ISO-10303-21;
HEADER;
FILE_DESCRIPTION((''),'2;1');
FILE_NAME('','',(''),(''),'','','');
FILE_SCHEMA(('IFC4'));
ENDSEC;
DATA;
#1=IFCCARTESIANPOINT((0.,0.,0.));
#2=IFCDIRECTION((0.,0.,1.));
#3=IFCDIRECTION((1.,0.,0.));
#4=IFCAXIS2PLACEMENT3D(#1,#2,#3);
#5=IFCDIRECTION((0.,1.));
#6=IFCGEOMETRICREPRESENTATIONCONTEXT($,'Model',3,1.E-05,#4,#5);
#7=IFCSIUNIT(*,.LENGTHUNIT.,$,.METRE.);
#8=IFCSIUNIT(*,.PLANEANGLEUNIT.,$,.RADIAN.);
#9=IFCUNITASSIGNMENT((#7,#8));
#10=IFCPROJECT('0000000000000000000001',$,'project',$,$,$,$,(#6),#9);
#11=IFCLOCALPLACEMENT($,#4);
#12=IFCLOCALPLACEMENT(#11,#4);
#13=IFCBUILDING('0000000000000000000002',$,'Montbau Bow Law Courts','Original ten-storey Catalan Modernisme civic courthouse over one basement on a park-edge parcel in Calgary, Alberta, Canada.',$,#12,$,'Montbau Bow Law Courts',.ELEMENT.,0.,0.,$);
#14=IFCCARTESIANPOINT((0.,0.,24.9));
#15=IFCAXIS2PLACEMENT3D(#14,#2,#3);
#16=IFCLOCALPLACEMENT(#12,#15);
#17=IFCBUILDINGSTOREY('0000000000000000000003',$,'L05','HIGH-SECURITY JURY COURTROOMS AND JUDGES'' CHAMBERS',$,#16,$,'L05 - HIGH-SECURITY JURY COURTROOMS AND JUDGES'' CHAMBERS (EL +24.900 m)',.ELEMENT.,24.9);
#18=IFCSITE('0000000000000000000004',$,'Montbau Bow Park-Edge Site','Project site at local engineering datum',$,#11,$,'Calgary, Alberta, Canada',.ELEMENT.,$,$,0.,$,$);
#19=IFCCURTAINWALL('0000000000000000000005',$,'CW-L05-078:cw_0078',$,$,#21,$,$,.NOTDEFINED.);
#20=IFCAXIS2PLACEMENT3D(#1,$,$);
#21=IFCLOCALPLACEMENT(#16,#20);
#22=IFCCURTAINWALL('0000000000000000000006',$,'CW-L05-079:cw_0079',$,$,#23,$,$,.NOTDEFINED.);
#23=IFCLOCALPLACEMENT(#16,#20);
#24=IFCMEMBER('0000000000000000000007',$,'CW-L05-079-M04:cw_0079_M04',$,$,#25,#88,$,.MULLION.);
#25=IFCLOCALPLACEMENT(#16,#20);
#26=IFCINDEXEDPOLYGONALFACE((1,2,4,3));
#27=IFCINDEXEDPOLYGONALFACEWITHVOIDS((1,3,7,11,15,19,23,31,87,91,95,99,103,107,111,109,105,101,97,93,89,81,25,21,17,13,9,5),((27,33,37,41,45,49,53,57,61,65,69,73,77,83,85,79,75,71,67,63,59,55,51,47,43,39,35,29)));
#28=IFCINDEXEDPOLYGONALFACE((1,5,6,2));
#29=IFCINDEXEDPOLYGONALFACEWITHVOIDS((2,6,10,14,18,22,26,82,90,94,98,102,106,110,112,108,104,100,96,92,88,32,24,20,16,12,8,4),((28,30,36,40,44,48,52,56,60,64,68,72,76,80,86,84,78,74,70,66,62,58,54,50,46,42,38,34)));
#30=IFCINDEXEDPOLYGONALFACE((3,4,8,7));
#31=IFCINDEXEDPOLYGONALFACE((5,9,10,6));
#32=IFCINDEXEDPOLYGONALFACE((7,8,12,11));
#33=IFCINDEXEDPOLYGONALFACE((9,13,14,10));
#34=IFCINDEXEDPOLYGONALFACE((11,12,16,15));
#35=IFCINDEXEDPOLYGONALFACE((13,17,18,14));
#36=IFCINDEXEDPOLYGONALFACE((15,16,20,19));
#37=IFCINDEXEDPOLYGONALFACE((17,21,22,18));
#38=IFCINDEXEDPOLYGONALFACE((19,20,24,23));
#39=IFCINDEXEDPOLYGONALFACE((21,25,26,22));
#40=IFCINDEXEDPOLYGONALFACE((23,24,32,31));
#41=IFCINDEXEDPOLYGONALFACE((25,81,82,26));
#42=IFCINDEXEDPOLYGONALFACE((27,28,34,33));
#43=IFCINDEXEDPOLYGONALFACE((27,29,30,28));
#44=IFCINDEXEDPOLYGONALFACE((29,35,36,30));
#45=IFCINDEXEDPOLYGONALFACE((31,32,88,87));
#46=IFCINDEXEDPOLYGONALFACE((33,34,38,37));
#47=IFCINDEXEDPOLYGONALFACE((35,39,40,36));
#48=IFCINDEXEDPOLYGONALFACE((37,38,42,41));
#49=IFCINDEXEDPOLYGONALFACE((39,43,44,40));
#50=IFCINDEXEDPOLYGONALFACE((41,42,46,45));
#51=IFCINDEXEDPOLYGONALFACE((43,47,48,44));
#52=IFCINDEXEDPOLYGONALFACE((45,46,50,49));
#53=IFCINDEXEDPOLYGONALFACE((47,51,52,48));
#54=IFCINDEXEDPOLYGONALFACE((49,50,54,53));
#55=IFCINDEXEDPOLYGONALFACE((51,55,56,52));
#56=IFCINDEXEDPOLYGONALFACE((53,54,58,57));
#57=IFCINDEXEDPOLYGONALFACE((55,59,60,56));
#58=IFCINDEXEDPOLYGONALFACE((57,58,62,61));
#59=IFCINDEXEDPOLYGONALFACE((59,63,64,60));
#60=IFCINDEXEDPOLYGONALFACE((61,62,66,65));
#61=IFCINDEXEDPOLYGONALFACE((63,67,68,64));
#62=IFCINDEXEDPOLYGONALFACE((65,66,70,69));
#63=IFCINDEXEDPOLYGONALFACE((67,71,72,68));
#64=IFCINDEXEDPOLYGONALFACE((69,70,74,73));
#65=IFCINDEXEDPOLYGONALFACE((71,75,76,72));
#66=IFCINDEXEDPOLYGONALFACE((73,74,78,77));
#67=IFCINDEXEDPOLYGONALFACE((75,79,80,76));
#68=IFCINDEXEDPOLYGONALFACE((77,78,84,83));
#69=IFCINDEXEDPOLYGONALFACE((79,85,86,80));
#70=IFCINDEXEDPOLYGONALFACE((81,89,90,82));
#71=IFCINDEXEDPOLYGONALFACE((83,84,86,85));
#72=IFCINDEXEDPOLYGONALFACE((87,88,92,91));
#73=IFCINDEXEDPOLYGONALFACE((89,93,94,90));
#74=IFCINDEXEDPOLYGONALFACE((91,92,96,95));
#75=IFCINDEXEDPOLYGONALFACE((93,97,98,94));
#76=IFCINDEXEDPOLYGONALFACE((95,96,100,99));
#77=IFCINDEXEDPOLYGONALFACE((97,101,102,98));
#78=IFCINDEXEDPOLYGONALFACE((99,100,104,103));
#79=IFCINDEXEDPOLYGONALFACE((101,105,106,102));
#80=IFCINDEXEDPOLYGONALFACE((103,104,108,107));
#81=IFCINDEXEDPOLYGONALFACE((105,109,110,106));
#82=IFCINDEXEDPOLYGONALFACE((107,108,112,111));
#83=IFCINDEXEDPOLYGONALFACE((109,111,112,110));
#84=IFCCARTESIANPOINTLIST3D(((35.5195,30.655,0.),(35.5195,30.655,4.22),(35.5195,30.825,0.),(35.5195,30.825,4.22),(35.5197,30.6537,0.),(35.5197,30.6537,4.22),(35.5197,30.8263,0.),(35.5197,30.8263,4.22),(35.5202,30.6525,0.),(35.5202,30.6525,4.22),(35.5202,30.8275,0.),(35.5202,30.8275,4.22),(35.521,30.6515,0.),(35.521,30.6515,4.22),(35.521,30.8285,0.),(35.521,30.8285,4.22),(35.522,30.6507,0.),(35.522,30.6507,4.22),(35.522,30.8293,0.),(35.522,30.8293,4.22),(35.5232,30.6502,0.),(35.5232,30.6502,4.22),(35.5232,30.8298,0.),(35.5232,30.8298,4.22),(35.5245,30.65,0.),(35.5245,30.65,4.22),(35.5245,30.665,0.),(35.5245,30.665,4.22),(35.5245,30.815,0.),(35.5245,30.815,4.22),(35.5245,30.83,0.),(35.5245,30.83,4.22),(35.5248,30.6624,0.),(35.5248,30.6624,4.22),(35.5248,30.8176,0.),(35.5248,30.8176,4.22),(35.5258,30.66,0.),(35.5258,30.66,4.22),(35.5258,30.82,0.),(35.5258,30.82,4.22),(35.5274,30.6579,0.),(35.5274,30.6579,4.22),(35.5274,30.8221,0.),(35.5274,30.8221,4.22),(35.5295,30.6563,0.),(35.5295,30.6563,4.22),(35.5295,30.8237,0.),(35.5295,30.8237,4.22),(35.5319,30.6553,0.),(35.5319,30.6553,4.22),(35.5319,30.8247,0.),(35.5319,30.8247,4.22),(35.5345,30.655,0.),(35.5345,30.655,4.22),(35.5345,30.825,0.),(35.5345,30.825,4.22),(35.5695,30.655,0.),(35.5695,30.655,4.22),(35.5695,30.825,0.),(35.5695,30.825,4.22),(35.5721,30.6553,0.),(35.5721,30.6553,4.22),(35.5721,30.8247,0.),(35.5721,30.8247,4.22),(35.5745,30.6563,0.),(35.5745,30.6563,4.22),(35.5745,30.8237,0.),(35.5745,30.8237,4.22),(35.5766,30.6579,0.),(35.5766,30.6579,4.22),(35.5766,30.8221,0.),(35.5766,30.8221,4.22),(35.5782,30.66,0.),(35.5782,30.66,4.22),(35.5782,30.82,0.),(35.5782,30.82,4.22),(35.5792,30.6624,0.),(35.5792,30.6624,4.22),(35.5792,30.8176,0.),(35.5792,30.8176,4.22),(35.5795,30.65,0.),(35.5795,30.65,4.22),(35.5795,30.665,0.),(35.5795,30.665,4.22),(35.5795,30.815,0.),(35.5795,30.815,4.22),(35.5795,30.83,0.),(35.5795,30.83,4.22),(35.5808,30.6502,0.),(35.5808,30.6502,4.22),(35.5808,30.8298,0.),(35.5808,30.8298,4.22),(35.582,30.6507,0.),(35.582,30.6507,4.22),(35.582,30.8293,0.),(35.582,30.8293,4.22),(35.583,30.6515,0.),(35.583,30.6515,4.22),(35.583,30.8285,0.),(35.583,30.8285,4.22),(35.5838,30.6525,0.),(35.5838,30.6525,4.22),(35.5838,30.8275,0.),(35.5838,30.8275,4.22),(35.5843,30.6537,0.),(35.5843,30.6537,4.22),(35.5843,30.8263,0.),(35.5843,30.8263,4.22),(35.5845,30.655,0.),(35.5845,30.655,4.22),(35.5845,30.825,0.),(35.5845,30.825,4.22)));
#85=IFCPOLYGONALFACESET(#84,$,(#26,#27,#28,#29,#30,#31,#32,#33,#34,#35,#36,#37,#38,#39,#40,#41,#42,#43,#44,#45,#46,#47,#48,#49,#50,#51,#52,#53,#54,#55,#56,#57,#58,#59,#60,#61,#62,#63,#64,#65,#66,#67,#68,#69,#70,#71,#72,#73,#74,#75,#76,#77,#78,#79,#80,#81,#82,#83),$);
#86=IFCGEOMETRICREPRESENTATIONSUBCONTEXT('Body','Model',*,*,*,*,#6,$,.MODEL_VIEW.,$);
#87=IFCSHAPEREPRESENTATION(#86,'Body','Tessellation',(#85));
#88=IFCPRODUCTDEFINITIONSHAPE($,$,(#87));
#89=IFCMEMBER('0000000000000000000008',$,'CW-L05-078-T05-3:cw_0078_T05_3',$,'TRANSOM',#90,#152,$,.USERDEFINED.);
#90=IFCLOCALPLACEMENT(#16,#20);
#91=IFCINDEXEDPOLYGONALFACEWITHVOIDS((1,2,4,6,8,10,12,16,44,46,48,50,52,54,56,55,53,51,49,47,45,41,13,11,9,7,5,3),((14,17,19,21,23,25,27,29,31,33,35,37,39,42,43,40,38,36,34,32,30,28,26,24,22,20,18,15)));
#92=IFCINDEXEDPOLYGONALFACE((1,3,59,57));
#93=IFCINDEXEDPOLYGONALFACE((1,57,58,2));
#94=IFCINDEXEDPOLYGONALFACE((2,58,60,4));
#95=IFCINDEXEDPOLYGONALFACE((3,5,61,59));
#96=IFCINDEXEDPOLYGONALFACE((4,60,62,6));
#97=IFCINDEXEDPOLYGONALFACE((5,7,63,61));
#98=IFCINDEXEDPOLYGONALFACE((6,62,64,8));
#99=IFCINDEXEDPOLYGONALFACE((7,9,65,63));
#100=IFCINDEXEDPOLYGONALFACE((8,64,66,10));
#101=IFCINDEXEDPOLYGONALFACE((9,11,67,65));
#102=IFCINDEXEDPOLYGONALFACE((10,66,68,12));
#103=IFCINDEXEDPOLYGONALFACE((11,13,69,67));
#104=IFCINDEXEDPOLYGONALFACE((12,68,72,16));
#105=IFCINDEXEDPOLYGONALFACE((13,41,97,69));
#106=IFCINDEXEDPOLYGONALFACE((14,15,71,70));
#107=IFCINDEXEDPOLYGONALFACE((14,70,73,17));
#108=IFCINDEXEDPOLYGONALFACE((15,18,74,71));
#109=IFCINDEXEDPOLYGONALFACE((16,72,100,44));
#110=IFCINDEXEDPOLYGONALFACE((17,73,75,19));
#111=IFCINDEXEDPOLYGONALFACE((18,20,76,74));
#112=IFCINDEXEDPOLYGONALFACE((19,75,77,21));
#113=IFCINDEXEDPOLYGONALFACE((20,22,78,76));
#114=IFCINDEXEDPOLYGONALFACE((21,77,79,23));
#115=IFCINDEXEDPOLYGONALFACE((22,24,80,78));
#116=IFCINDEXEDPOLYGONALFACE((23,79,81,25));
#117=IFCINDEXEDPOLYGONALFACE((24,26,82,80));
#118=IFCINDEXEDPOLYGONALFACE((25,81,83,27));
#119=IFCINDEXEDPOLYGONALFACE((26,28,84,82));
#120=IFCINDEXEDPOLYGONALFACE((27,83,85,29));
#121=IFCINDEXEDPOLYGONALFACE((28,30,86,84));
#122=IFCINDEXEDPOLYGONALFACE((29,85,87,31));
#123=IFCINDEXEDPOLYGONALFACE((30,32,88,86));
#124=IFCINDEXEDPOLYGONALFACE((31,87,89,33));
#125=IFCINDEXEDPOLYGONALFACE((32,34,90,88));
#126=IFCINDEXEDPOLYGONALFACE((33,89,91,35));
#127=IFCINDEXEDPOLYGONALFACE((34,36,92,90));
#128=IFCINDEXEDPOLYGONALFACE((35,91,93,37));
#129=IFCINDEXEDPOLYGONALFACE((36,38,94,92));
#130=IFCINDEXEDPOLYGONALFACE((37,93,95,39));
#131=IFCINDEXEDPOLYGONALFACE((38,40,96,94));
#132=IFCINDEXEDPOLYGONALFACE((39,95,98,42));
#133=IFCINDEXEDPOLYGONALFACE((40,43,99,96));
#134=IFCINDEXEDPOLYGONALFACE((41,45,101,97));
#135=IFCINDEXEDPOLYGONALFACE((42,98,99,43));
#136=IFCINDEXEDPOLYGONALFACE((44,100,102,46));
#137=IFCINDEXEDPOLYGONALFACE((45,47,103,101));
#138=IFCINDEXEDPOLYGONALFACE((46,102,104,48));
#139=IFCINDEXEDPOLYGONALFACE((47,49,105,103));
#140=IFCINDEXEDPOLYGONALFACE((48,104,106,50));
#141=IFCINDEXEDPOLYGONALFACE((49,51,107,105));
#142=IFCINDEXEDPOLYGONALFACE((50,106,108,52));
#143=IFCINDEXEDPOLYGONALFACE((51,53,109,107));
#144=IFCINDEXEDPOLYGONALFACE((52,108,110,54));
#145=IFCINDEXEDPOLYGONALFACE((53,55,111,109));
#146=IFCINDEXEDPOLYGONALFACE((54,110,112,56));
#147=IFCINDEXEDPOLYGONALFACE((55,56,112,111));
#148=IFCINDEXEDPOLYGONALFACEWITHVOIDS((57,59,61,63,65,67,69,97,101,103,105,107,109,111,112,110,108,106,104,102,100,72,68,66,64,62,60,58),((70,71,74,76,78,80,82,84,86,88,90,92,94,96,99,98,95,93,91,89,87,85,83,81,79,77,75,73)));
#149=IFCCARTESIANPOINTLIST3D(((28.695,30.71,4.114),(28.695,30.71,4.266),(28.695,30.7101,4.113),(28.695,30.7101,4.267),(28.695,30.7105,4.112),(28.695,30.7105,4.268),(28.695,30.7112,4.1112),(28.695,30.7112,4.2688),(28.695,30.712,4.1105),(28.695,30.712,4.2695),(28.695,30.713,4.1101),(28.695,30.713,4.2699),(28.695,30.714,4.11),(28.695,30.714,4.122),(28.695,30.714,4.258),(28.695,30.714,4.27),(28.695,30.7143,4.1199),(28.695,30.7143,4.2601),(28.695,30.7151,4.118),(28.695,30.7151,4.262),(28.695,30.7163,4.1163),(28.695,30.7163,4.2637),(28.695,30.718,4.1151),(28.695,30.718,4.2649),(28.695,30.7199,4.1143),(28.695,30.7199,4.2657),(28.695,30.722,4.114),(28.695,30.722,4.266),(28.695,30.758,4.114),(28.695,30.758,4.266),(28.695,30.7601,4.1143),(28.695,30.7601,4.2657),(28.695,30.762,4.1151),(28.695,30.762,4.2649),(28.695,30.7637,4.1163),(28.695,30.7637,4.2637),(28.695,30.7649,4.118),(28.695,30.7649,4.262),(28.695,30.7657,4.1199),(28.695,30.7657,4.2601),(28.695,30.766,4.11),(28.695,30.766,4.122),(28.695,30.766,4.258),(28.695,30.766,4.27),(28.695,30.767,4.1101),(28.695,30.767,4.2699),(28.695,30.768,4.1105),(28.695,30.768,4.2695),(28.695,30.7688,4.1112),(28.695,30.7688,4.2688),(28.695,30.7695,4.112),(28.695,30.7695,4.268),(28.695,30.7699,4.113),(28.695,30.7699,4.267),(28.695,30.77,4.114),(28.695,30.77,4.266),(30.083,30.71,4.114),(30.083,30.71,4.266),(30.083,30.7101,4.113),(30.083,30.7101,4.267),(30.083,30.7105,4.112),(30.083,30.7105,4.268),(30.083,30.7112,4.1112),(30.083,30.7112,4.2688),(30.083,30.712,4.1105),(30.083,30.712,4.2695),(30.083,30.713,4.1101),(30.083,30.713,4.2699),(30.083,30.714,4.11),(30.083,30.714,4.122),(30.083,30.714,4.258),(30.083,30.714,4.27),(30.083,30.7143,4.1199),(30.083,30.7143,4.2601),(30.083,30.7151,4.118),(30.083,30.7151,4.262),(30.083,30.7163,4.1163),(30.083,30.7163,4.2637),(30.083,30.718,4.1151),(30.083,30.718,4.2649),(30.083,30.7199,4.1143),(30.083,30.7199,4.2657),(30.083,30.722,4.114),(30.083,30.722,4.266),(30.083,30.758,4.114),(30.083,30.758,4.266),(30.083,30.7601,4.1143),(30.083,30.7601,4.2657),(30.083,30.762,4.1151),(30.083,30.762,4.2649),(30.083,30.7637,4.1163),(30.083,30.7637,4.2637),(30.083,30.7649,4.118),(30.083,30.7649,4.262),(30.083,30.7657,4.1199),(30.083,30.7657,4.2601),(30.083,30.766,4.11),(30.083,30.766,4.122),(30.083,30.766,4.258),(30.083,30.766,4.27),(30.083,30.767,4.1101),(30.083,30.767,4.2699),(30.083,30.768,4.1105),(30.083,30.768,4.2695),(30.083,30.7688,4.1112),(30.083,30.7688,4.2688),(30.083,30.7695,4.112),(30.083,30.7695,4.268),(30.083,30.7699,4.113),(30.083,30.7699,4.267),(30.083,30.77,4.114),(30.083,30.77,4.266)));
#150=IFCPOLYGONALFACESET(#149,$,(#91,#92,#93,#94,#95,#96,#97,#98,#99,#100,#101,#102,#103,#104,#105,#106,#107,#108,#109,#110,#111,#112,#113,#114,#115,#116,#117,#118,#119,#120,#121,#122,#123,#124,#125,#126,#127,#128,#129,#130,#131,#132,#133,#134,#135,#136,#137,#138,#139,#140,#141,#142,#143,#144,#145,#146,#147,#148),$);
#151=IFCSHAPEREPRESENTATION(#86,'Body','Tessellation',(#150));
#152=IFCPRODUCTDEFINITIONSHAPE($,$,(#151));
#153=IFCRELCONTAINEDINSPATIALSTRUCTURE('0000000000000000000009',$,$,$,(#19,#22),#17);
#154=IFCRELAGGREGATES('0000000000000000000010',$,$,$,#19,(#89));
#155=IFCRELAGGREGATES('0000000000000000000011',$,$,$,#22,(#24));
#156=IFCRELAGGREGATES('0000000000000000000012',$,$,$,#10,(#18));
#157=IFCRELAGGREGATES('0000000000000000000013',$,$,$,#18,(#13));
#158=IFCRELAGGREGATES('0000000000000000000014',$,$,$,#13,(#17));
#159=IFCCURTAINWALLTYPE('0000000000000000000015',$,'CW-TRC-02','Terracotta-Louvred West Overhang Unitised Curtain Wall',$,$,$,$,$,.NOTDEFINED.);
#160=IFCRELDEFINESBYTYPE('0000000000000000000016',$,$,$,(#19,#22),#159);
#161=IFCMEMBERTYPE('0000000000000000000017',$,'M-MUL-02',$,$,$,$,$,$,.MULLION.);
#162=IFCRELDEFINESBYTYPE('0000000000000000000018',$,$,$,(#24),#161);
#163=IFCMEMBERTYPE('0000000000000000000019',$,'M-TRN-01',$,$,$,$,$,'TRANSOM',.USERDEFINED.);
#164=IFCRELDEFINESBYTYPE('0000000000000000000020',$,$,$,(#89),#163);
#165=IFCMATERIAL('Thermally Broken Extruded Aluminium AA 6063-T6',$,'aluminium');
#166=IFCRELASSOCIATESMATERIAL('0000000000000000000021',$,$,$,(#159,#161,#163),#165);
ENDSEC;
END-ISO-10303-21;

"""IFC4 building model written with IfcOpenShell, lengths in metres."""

from ifc_helpers import new_model, si_unit, direction, frame, origin_with_axes, origin_2d_with_axis, place, context, subcontext, project, spatial, hollow_rectangle, extrude, material, material_profile, profile_set, type_object, element, aggregate, save


model = new_model("IFC4")

# Units and contexts
model_context = context("Model", 3, precision=1e-05, world=origin_with_axes(), true_north=direction((0.0, 1.0)))
body_context = subcontext(model_context, "Body", "Model", "MODEL_VIEW")
ifc_project = project(units=[si_unit("LENGTHUNIT", "METRE"), si_unit("PLANEANGLEUNIT", "RADIAN")], contexts=[model_context])

# Site, building, storey
site_placement = place(None, origin_with_axes())
site = spatial("IfcSite", under=ifc_project, at=site_placement, Name="Montbau Bow Park-Edge Site", Description="Project site at local engineering datum", LongName="Calgary, Alberta, Canada", CompositionType="ELEMENT", RefElevation=0.0)
building_placement = place(site_placement, origin_with_axes())
building = spatial("IfcBuilding", under=site, at=building_placement, Name="Montbau Bow Law Courts", Description="Original ten-storey Catalan Modernisme civic courthouse over one basement on a park-edge parcel in Calgary, Alberta, Canada.", LongName="Montbau Bow Law Courts", CompositionType="ELEMENT", ElevationOfRefHeight=0.0, ElevationOfTerrain=0.0)
storey_placement = place(building_placement, frame((0.0, 0.0, 24.9), z_axis=(0.0, 0.0, 1.0), x_axis=(1.0, 0.0, 0.0)))
storey = spatial("IfcBuildingStorey", under=building, at=storey_placement, Name="L05", Description="HIGH-SECURITY JURY COURTROOMS AND JUDGES' CHAMBERS", LongName="L05 - HIGH-SECURITY JURY COURTROOMS AND JUDGES' CHAMBERS (EL +24.900 m)", CompositionType="ELEMENT", Elevation=24.9)

# Curtain wall
ifc_material_1 = material(Name="Thermally Broken Extruded Aluminium AA 6063-T6", Category="aluminium")
curtain_wall_type = type_object("IfcCurtainWallType", Name="CW-TRC-02", Description="Terracotta-Louvred West Overhang Unitised Curtain Wall", PredefinedType="NOTDEFINED", material=ifc_material_1)
curtain_wall_1_placement = place(None, frame((22.64, 30.74, 24.9), z_axis=(0.0, 0.0, 1.0), x_axis=(1.0, 0.0, 0.0)))
curtain_wall_1 = element("IfcCurtainWall", 1, at=curtain_wall_1_placement, inside=storey, type_object=curtain_wall_type, Name="CW-L05-078:cw_0078", PredefinedType="NOTDEFINED")

# Curtain wall, member
curtain_wall_2_placement = place(None, frame((31.04, 30.74, 24.9), z_axis=(0.0, 0.0, 1.0), x_axis=(1.0, 0.0, 0.0)))
curtain_wall_2 = element("IfcCurtainWall", 2, at=curtain_wall_2_placement, inside=storey, type_object=curtain_wall_type, Name="CW-L05-079:cw_0079", PredefinedType="NOTDEFINED")
ifc_material_profile_1 = material_profile(ifc_material_1, hollow_rectangle(XDim=0.065, YDim=0.18, WallThickness=0.005, InnerFilletRadius=0.01, OuterFilletRadius=0.005, at=origin_2d_with_axis()), Name="CWM-180X65", Category="Main", Priority=0)
ifc_profile_set_1 = profile_set([ifc_material_profile_1], Name="Thermally Broken Extruded Aluminium AA 6063-T6")
member_type_1 = type_object("IfcMemberType", Name="M-MUL-02", PredefinedType="MULLION", material=ifc_profile_set_1)
member_1_placement = place(None, frame((35.552, 30.74, 24.9), z_axis=(0.0, 0.0, 1.0), x_axis=(1.0, 0.0, 0.0)))
member_1 = element("IfcMember", 3, at=member_1_placement, type_object=member_type_1, Name="CW-L05-079-M04:cw_0079_M04", PredefinedType="MULLION", context=body_context, shape_type="SweptSolid", body=[
    extrude(hollow_rectangle(XDim=0.065, YDim=0.18, WallThickness=0.005, InnerFilletRadius=0.01, OuterFilletRadius=0.005, at=origin_2d_with_axis()), origin_with_axes(), (0.0, 0.0, 1.0), 4.22),
])

# Member
ifc_material_profile_2 = material_profile(ifc_material_1, hollow_rectangle(XDim=0.06, YDim=0.16, WallThickness=0.004, InnerFilletRadius=0.008, OuterFilletRadius=0.004, at=origin_2d_with_axis()), Name="CWT-160X60", Category="Main", Priority=0)
ifc_profile_set_2 = profile_set([ifc_material_profile_2], Name="Thermally Broken Extruded Aluminium AA 6063-T6")
member_type_2 = type_object("IfcMemberType", Name="M-TRN-01", ElementType="TRANSOM", PredefinedType="USERDEFINED", material=ifc_profile_set_2)
member_2_placement = place(None, frame((28.695, 30.74, 29.09), z_axis=(1.0, 0.0, 0.0), x_axis=(0.0, 1.0, 0.0)))
member_2 = element("IfcMember", 4, at=member_2_placement, type_object=member_type_2, Name="CW-L05-078-T05-3:cw_0078_T05_3", ObjectType="TRANSOM", PredefinedType="USERDEFINED", context=body_context, shape_type="SweptSolid", body=[
    extrude(hollow_rectangle(XDim=0.06, YDim=0.16, WallThickness=0.004, InnerFilletRadius=0.008, OuterFilletRadius=0.004, at=origin_2d_with_axis()), origin_with_axes(), (0.0, 0.0, 1.0), 1.388),
])
aggregate(curtain_wall_1, [member_2])

aggregate(curtain_wall_2, [member_1])

save(model, "model.ifc")
